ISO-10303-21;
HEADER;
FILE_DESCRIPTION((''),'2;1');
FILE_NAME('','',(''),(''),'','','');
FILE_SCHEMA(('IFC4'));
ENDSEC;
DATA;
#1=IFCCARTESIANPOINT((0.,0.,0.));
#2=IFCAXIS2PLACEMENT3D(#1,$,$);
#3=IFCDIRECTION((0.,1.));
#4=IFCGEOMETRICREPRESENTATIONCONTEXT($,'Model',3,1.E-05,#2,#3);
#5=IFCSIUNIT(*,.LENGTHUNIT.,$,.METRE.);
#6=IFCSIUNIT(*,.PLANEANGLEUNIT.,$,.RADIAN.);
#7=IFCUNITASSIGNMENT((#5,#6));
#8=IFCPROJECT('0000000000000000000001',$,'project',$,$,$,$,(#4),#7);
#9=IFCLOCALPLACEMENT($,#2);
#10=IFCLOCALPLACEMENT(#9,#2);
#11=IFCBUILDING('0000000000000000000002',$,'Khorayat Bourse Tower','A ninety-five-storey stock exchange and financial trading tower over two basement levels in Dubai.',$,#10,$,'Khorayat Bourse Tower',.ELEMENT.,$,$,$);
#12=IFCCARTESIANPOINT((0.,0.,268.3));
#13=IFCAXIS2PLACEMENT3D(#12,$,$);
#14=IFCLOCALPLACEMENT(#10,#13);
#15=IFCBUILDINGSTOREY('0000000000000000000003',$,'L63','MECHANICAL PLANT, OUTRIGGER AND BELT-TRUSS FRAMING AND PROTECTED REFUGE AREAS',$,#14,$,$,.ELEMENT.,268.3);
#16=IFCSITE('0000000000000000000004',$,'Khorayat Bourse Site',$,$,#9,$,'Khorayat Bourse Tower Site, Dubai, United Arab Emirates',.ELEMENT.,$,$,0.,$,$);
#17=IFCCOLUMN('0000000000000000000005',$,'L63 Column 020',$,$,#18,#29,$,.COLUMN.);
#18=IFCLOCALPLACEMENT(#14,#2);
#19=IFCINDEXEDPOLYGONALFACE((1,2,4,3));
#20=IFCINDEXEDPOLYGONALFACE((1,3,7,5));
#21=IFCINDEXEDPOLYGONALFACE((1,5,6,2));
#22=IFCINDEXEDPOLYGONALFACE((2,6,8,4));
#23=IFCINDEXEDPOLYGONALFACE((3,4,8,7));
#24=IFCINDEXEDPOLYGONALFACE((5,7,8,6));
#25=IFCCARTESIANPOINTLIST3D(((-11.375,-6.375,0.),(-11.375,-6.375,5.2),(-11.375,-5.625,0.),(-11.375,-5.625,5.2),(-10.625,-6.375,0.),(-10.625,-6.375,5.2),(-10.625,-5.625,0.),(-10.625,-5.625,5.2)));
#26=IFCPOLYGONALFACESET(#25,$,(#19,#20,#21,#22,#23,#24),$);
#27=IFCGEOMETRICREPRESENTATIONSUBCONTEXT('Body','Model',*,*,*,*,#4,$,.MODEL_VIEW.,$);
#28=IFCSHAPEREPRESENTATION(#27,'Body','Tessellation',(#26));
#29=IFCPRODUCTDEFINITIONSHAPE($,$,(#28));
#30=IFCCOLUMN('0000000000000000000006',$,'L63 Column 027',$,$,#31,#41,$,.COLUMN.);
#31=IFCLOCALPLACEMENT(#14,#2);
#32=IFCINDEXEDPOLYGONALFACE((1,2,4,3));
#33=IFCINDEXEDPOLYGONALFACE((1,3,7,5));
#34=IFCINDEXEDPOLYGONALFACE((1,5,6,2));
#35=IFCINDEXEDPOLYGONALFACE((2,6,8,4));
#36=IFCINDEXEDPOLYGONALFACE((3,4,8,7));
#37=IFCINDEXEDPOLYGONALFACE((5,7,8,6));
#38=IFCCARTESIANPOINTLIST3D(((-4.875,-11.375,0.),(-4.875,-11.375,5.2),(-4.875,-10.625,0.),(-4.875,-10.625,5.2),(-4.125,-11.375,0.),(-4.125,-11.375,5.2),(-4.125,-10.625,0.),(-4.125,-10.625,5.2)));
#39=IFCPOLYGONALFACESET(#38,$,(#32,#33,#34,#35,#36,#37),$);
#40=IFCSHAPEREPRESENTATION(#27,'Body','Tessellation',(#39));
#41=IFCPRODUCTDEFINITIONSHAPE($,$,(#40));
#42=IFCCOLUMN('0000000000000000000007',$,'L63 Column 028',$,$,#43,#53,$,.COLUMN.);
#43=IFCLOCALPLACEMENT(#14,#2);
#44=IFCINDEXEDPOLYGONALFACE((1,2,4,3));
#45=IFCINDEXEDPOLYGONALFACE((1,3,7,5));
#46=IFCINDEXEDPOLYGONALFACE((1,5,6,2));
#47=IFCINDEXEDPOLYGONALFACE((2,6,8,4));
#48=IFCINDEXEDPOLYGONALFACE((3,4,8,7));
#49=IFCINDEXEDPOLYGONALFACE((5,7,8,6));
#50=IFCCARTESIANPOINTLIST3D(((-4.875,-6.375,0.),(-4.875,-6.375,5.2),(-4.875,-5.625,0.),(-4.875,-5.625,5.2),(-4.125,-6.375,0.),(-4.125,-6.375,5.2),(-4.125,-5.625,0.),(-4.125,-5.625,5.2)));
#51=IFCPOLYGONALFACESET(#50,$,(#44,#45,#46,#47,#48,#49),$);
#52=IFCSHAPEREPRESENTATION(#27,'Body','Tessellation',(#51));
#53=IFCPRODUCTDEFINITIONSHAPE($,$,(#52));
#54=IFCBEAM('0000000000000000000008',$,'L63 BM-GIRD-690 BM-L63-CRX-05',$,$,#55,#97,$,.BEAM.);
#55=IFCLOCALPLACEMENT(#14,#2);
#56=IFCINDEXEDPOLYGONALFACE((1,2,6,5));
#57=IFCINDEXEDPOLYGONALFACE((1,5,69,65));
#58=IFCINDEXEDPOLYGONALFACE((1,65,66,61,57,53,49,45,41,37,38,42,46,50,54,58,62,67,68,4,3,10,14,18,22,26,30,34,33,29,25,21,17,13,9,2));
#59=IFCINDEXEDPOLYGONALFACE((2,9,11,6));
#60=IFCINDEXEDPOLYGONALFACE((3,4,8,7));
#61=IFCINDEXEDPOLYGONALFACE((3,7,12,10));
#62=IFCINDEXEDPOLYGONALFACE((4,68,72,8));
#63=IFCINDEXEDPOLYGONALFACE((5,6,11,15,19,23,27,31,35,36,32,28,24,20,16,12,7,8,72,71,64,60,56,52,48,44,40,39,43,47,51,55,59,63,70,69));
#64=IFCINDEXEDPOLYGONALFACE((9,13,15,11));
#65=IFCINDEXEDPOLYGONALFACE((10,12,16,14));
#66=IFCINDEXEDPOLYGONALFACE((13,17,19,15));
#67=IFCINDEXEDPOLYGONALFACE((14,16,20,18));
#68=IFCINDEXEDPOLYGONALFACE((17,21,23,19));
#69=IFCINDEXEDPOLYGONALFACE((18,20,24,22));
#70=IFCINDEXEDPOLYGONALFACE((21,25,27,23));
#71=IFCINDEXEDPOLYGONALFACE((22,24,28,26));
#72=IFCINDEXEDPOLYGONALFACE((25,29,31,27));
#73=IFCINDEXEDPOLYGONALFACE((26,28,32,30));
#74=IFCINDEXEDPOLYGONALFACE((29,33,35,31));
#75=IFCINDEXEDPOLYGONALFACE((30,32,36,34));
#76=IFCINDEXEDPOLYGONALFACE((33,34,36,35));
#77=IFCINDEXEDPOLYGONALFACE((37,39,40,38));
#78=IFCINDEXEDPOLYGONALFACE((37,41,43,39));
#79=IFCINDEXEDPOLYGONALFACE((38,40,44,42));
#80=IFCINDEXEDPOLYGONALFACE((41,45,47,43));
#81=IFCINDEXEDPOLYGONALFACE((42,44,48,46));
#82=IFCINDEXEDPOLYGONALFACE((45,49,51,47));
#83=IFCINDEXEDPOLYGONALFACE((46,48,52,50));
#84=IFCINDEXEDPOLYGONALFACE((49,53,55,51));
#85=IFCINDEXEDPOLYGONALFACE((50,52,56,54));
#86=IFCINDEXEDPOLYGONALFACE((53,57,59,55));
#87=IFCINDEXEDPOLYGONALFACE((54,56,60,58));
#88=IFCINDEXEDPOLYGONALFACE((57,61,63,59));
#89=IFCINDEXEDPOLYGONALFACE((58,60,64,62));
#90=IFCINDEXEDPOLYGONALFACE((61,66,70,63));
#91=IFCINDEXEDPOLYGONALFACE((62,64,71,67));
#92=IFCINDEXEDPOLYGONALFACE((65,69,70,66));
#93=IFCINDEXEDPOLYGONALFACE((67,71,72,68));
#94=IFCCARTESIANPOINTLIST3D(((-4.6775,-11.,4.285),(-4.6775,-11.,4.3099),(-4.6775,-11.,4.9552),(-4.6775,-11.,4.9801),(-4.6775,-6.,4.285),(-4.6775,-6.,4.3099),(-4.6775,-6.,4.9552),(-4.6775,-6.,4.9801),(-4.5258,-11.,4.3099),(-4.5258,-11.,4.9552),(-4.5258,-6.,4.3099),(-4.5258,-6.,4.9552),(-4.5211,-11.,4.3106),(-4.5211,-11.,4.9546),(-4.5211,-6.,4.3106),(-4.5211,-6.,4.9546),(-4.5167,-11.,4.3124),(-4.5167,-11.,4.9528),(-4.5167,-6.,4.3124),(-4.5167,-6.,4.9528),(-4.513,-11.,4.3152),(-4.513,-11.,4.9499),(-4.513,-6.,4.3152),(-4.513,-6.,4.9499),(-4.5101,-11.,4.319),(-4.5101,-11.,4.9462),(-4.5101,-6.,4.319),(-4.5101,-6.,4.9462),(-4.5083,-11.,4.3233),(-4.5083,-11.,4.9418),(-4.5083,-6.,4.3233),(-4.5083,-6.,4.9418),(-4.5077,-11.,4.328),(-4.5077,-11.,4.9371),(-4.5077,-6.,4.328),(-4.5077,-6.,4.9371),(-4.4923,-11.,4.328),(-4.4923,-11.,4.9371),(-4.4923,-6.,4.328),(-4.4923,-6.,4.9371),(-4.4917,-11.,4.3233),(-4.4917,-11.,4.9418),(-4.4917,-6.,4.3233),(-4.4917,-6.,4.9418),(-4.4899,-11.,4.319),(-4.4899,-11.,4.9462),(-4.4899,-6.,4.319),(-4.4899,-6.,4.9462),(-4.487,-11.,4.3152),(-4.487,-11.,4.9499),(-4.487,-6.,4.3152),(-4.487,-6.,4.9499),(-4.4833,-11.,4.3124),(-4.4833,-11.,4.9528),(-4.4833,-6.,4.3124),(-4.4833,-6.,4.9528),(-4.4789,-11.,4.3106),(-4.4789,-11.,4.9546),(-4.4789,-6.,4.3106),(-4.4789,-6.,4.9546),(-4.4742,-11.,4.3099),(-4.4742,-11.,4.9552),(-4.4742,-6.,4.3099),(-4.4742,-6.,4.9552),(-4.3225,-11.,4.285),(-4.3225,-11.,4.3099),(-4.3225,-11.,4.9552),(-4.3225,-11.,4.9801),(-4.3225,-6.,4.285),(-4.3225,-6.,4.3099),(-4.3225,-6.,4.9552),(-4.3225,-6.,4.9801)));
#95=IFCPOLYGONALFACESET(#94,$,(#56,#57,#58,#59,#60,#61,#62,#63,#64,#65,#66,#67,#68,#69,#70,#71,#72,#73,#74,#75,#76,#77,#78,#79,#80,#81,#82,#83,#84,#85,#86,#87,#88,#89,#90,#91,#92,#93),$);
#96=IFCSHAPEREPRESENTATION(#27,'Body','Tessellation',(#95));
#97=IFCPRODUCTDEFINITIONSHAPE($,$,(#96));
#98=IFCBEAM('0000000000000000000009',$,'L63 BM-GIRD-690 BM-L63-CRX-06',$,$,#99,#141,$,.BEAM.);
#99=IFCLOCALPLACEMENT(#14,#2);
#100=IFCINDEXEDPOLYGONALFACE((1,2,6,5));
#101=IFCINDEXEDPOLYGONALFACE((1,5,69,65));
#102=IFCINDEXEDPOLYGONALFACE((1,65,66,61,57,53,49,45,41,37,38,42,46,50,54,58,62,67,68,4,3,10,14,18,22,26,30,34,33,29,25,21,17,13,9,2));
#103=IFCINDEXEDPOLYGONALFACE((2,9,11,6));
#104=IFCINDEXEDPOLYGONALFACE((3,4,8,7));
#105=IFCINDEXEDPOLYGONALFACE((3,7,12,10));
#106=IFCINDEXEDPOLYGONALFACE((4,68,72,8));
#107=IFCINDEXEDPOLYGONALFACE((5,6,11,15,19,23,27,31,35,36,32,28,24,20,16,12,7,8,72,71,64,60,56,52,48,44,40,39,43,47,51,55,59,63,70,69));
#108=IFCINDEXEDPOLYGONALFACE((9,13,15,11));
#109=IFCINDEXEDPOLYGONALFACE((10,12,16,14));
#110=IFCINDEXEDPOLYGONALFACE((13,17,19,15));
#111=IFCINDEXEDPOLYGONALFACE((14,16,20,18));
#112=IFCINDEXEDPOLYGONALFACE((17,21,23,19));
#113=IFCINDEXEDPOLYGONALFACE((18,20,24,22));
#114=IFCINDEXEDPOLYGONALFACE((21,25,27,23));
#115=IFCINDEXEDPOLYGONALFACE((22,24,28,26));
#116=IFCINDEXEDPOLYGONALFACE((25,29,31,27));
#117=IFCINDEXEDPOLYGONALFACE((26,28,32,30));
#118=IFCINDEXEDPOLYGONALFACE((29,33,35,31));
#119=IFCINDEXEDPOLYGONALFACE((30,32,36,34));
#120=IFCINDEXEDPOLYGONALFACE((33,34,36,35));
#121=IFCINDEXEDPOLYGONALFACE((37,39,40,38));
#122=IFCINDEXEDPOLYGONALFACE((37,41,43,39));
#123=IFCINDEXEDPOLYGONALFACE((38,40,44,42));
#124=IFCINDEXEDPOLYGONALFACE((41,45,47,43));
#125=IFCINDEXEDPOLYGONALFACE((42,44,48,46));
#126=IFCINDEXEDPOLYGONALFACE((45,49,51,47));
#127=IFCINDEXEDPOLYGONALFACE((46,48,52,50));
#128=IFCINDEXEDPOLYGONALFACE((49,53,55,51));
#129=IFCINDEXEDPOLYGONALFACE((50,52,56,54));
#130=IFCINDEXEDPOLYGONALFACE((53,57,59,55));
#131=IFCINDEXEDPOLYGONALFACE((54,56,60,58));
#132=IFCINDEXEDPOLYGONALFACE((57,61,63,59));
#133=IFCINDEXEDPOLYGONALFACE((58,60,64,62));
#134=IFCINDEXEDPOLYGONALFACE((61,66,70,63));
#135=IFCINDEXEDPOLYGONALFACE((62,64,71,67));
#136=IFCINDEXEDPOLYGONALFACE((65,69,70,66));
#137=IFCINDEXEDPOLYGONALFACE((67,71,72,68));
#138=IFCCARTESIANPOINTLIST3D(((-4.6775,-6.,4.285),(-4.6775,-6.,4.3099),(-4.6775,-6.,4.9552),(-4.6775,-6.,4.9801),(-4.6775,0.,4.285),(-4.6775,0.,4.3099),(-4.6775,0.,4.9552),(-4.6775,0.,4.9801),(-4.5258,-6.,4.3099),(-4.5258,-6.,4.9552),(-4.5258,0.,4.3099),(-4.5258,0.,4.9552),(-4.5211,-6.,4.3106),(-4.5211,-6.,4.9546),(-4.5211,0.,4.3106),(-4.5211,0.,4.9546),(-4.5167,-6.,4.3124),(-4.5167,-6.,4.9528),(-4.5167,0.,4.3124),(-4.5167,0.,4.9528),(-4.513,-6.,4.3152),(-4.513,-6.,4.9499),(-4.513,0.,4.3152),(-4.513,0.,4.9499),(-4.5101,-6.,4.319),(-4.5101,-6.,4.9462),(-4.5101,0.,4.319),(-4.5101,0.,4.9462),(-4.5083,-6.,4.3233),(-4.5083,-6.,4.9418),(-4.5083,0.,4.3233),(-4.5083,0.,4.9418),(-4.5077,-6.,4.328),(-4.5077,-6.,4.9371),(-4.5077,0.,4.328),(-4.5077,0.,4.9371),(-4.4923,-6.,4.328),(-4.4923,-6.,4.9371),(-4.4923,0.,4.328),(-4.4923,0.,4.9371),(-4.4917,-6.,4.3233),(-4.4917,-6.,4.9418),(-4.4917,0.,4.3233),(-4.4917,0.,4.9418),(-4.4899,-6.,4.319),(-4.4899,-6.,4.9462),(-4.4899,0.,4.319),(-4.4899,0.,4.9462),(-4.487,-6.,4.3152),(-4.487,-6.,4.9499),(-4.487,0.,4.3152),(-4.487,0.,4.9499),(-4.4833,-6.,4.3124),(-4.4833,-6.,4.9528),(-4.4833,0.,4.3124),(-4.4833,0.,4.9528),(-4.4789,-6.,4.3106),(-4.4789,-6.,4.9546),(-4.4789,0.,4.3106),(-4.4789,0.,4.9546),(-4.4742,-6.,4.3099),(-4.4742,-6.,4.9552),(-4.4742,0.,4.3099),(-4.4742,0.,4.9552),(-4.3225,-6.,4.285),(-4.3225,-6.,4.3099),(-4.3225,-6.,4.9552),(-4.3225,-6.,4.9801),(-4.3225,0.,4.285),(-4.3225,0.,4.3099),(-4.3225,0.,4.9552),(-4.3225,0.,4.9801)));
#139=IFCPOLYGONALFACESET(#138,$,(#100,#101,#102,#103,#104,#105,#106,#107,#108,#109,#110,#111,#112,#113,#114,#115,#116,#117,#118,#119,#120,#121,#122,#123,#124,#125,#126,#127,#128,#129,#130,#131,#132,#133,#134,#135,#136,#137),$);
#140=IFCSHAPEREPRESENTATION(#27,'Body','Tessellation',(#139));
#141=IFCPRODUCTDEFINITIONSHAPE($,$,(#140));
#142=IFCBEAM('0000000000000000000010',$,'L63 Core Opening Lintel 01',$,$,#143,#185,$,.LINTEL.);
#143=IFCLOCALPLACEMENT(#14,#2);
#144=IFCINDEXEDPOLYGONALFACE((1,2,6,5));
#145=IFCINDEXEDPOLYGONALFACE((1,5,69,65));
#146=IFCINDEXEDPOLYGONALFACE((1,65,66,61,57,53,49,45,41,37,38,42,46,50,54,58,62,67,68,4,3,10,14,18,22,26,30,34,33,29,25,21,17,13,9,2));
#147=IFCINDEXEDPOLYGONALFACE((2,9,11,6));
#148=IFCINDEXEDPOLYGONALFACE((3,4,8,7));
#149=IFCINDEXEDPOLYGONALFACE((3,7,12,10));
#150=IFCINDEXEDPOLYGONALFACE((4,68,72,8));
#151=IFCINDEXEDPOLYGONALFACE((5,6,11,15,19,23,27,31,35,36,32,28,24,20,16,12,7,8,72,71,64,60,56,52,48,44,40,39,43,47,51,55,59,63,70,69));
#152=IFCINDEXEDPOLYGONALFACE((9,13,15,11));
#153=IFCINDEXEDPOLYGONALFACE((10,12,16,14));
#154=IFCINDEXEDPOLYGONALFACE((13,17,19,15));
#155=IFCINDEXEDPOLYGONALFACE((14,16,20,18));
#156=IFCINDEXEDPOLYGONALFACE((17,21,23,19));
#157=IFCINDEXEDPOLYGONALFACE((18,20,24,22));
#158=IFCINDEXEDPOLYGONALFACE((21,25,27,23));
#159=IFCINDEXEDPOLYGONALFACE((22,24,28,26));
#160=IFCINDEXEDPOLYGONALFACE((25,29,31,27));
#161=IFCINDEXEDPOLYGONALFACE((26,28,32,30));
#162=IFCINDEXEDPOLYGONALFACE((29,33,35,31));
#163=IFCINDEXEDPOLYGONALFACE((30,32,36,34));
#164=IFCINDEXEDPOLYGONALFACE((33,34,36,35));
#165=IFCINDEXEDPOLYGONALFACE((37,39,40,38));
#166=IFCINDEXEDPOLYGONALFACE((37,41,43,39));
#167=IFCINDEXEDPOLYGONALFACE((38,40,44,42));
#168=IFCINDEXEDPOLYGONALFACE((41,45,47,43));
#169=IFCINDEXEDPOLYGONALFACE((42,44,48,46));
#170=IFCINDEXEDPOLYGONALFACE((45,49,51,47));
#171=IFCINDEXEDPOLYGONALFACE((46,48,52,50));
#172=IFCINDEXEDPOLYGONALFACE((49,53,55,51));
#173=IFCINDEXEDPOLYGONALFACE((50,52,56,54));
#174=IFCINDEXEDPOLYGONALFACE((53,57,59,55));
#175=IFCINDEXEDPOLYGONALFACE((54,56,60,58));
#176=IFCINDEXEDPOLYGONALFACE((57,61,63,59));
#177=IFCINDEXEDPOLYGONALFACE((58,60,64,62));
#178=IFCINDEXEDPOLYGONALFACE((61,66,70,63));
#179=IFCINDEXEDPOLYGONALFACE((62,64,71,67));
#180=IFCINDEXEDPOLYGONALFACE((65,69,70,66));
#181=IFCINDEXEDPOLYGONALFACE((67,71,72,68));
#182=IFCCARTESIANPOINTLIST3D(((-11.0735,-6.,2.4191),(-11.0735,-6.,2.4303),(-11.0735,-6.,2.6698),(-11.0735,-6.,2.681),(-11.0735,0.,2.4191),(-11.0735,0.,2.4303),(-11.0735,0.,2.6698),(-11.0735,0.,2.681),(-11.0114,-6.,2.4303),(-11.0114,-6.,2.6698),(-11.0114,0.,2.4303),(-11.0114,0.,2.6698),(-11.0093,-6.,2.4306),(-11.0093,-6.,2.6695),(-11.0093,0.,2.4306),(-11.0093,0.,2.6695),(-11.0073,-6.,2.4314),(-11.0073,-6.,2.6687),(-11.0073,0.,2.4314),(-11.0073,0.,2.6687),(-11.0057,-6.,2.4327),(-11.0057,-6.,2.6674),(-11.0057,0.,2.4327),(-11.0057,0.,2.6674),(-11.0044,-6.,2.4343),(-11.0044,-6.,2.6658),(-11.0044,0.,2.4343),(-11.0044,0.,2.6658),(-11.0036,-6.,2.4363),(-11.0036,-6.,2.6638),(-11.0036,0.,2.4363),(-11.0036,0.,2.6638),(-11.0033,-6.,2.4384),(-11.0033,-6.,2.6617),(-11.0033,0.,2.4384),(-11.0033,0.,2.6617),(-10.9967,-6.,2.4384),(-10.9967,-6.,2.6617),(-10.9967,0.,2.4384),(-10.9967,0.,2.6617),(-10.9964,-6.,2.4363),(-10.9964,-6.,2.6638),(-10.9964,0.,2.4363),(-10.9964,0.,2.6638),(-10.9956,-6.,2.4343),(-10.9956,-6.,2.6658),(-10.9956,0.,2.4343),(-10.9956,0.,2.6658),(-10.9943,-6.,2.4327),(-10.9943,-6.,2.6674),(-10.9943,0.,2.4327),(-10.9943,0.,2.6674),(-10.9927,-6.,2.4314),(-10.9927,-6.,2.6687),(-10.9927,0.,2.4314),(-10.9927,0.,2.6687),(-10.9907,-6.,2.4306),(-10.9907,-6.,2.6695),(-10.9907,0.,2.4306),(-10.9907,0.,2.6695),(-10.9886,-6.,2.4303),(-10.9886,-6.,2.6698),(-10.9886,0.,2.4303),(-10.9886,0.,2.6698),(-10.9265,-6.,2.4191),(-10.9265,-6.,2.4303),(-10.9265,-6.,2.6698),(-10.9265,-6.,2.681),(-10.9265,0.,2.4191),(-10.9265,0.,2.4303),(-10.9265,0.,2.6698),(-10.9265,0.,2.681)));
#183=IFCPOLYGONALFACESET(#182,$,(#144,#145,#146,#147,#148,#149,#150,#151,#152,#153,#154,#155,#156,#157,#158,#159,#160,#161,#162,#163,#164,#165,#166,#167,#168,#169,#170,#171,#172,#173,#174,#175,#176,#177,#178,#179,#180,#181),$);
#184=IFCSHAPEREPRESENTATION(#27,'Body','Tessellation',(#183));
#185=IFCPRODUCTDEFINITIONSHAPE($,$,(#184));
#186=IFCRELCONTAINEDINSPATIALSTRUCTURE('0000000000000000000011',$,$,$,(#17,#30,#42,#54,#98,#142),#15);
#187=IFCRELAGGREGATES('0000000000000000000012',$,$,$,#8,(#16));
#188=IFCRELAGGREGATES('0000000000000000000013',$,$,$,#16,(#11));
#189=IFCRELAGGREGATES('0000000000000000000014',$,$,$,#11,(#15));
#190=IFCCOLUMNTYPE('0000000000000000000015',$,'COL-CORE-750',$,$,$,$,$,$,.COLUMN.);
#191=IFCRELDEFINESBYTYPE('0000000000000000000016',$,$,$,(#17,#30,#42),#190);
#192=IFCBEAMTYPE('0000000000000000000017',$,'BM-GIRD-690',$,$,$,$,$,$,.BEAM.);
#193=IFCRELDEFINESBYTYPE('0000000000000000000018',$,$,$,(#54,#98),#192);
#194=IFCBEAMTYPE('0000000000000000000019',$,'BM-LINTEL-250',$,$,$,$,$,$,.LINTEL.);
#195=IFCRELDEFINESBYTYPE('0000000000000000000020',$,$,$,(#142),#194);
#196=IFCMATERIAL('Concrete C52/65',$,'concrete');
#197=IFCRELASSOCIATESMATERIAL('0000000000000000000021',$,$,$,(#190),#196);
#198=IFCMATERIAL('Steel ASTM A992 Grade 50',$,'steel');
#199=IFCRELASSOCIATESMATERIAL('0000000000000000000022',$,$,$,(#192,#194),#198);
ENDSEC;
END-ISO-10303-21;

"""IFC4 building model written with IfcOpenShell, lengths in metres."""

from ifc_helpers import new_model, si_unit, direction, frame, origin, origin_2d, place, context, subcontext, project, spatial, rectangle, i_section, extrude, source, transform, mapped, material, material_profile, profile_set, type_object, element, save


model = new_model("IFC4")

# Units and contexts
model_context = context("Model", 3, precision=1e-05, world=origin(), true_north=direction((0.0, 1.0)))
body_context = subcontext(model_context, "Body", "Model", "MODEL_VIEW")
ifc_project = project(units=[si_unit("LENGTHUNIT", "METRE"), si_unit("PLANEANGLEUNIT", "RADIAN")], contexts=[model_context])

# Site, building, storey
site_placement = place(None, origin())
site = spatial("IfcSite", under=ifc_project, at=site_placement, Name="Khorayat Bourse Site", LongName="Khorayat Bourse Tower Site, Dubai, United Arab Emirates", CompositionType="ELEMENT", RefElevation=0.0)
building_placement = place(site_placement, origin())
building = spatial("IfcBuilding", under=site, at=building_placement, Name="Khorayat Bourse Tower", Description="A ninety-five-storey stock exchange and financial trading tower over two basement levels in Dubai.", LongName="Khorayat Bourse Tower", CompositionType="ELEMENT")
storey_placement = place(building_placement, frame((0.0, 0.0, 268.3)))
storey = spatial("IfcBuildingStorey", under=building, at=storey_placement, Name="L63", Description="MECHANICAL PLANT, OUTRIGGER AND BELT-TRUSS FRAMING AND PROTECTED REFUGE AREAS", CompositionType="ELEMENT", Elevation=268.3)

# Columns
ifc_material_1 = material(Name="Concrete C52/65", Category="concrete")
ifc_material_profile_1 = material_profile(ifc_material_1, rectangle(XDim=0.75, YDim=0.75, at=origin_2d()), Name="RC 750x750")
ifc_profile_set_1 = profile_set([ifc_material_profile_1], Name="Concrete C52/65")
column_type = type_object("IfcColumnType", Name="COL-CORE-750", PredefinedType="COLUMN", material=ifc_profile_set_1)
shared_shape_1 = source(origin(), body_context, "Body", "SweptSolid", [
    extrude(rectangle(XDim=0.75, YDim=0.75, at=origin_2d()), origin(), (0.0, 0.0, 1.0), 5.2),
])
for number, where, z_axis, x_axis, name in (
    (1, (-11.0, -6.0, 0.0), (0.0, 0.0, 1.0), (1.0, 0.0, 0.0), "L63 Column 020"),
    (2, (-4.5, -11.0, 0.0), (0.0, 0.0, 1.0), (1.0, 0.0, 0.0), "L63 Column 027"),
    (3, (-4.5, -6.0, 0.0), (0.0, 0.0, 1.0), (1.0, 0.0, 0.0), "L63 Column 028"),
):
    element("IfcColumn", number, at=place(storey_placement, frame(where, z_axis=z_axis, x_axis=x_axis)), inside=storey, type_object=column_type, Name=name, PredefinedType="COLUMN", context=body_context, shape_type="MappedRepresentation", body=[
        mapped(shared_shape_1, transform((0.0, 0.0, 0.0), scale=1.0)),
    ])

# Beams
ifc_material_2 = material(Name="Steel ASTM A992 Grade 50", Category="steel")
ifc_material_profile_2 = material_profile(ifc_material_2, i_section(OverallWidth=0.355, OverallDepth=0.6951, WebThickness=0.0154, FlangeThickness=0.0249, FilletRadius=0.0181, at=origin_2d()), Name="W690X217")
ifc_profile_set_2 = profile_set([ifc_material_profile_2], Name="Steel ASTM A992 Grade 50")
beam_type_1 = type_object("IfcBeamType", Name="BM-GIRD-690", PredefinedType="BEAM", material=ifc_profile_set_2)
shared_shape_2 = source(origin(), body_context, "Body", "SweptSolid", [
    extrude(i_section(OverallWidth=0.355, OverallDepth=0.6951, WebThickness=0.0154, FlangeThickness=0.0249, FilletRadius=0.0181, at=origin_2d()), origin(), (0.0, 0.0, 1.0), 5.0),
])
beam_1_placement = place(storey_placement, frame((-4.5, -11.0, 4.6326), z_axis=(0.0, 1.0, 0.0), x_axis=(-1.0, 0.0, 0.0)))
element("IfcBeam", 4, at=beam_1_placement, inside=storey, type_object=beam_type_1, Name="L63 BM-GIRD-690 BM-L63-CRX-05", PredefinedType="BEAM", context=body_context, shape_type="MappedRepresentation", body=[
    mapped(shared_shape_2, transform((0.0, 0.0, 0.0), scale=1.0)),
])
shared_shape_3 = source(origin(), body_context, "Body", "SweptSolid", [
    extrude(i_section(OverallWidth=0.355, OverallDepth=0.6951, WebThickness=0.0154, FlangeThickness=0.0249, FilletRadius=0.0181, at=origin_2d()), origin(), (0.0, 0.0, 1.0), 6.0),
])
beam_2_placement = place(storey_placement, frame((-4.5, -6.0, 4.6326), z_axis=(0.0, 1.0, 0.0), x_axis=(-1.0, 0.0, 0.0)))
element("IfcBeam", 5, at=beam_2_placement, inside=storey, type_object=beam_type_1, Name="L63 BM-GIRD-690 BM-L63-CRX-06", PredefinedType="BEAM", context=body_context, shape_type="MappedRepresentation", body=[
    mapped(shared_shape_3, transform((0.0, 0.0, 0.0), scale=1.0)),
])
ifc_material_profile_3 = material_profile(ifc_material_2, i_section(OverallWidth=0.147, OverallDepth=0.262, WebThickness=0.0066, FlangeThickness=0.0112, FilletRadius=0.0081, at=origin_2d()), Name="W250X39")
ifc_profile_set_3 = profile_set([ifc_material_profile_3], Name="Steel ASTM A992 Grade 50")
beam_type_2 = type_object("IfcBeamType", Name="BM-LINTEL-250", PredefinedType="LINTEL", material=ifc_profile_set_3)
shared_shape_4 = source(origin(), body_context, "Body", "SweptSolid", [
    extrude(i_section(OverallWidth=0.147, OverallDepth=0.262, WebThickness=0.0066, FlangeThickness=0.0112, FilletRadius=0.0081, at=origin_2d()), origin(), (0.0, 0.0, 1.0), 6.0),
])
beam_3_placement = place(storey_placement, frame((-11.0, -6.0, 2.55), z_axis=(0.0, 1.0, 0.0), x_axis=(-1.0, 0.0, 0.0)))
element("IfcBeam", 6, at=beam_3_placement, inside=storey, type_object=beam_type_2, Name="L63 Core Opening Lintel 01", PredefinedType="LINTEL", context=body_context, shape_type="MappedRepresentation", body=[
    mapped(shared_shape_4, transform((0.0, 0.0, 0.0), scale=1.0)),
])

save(model, "model.ifc")
